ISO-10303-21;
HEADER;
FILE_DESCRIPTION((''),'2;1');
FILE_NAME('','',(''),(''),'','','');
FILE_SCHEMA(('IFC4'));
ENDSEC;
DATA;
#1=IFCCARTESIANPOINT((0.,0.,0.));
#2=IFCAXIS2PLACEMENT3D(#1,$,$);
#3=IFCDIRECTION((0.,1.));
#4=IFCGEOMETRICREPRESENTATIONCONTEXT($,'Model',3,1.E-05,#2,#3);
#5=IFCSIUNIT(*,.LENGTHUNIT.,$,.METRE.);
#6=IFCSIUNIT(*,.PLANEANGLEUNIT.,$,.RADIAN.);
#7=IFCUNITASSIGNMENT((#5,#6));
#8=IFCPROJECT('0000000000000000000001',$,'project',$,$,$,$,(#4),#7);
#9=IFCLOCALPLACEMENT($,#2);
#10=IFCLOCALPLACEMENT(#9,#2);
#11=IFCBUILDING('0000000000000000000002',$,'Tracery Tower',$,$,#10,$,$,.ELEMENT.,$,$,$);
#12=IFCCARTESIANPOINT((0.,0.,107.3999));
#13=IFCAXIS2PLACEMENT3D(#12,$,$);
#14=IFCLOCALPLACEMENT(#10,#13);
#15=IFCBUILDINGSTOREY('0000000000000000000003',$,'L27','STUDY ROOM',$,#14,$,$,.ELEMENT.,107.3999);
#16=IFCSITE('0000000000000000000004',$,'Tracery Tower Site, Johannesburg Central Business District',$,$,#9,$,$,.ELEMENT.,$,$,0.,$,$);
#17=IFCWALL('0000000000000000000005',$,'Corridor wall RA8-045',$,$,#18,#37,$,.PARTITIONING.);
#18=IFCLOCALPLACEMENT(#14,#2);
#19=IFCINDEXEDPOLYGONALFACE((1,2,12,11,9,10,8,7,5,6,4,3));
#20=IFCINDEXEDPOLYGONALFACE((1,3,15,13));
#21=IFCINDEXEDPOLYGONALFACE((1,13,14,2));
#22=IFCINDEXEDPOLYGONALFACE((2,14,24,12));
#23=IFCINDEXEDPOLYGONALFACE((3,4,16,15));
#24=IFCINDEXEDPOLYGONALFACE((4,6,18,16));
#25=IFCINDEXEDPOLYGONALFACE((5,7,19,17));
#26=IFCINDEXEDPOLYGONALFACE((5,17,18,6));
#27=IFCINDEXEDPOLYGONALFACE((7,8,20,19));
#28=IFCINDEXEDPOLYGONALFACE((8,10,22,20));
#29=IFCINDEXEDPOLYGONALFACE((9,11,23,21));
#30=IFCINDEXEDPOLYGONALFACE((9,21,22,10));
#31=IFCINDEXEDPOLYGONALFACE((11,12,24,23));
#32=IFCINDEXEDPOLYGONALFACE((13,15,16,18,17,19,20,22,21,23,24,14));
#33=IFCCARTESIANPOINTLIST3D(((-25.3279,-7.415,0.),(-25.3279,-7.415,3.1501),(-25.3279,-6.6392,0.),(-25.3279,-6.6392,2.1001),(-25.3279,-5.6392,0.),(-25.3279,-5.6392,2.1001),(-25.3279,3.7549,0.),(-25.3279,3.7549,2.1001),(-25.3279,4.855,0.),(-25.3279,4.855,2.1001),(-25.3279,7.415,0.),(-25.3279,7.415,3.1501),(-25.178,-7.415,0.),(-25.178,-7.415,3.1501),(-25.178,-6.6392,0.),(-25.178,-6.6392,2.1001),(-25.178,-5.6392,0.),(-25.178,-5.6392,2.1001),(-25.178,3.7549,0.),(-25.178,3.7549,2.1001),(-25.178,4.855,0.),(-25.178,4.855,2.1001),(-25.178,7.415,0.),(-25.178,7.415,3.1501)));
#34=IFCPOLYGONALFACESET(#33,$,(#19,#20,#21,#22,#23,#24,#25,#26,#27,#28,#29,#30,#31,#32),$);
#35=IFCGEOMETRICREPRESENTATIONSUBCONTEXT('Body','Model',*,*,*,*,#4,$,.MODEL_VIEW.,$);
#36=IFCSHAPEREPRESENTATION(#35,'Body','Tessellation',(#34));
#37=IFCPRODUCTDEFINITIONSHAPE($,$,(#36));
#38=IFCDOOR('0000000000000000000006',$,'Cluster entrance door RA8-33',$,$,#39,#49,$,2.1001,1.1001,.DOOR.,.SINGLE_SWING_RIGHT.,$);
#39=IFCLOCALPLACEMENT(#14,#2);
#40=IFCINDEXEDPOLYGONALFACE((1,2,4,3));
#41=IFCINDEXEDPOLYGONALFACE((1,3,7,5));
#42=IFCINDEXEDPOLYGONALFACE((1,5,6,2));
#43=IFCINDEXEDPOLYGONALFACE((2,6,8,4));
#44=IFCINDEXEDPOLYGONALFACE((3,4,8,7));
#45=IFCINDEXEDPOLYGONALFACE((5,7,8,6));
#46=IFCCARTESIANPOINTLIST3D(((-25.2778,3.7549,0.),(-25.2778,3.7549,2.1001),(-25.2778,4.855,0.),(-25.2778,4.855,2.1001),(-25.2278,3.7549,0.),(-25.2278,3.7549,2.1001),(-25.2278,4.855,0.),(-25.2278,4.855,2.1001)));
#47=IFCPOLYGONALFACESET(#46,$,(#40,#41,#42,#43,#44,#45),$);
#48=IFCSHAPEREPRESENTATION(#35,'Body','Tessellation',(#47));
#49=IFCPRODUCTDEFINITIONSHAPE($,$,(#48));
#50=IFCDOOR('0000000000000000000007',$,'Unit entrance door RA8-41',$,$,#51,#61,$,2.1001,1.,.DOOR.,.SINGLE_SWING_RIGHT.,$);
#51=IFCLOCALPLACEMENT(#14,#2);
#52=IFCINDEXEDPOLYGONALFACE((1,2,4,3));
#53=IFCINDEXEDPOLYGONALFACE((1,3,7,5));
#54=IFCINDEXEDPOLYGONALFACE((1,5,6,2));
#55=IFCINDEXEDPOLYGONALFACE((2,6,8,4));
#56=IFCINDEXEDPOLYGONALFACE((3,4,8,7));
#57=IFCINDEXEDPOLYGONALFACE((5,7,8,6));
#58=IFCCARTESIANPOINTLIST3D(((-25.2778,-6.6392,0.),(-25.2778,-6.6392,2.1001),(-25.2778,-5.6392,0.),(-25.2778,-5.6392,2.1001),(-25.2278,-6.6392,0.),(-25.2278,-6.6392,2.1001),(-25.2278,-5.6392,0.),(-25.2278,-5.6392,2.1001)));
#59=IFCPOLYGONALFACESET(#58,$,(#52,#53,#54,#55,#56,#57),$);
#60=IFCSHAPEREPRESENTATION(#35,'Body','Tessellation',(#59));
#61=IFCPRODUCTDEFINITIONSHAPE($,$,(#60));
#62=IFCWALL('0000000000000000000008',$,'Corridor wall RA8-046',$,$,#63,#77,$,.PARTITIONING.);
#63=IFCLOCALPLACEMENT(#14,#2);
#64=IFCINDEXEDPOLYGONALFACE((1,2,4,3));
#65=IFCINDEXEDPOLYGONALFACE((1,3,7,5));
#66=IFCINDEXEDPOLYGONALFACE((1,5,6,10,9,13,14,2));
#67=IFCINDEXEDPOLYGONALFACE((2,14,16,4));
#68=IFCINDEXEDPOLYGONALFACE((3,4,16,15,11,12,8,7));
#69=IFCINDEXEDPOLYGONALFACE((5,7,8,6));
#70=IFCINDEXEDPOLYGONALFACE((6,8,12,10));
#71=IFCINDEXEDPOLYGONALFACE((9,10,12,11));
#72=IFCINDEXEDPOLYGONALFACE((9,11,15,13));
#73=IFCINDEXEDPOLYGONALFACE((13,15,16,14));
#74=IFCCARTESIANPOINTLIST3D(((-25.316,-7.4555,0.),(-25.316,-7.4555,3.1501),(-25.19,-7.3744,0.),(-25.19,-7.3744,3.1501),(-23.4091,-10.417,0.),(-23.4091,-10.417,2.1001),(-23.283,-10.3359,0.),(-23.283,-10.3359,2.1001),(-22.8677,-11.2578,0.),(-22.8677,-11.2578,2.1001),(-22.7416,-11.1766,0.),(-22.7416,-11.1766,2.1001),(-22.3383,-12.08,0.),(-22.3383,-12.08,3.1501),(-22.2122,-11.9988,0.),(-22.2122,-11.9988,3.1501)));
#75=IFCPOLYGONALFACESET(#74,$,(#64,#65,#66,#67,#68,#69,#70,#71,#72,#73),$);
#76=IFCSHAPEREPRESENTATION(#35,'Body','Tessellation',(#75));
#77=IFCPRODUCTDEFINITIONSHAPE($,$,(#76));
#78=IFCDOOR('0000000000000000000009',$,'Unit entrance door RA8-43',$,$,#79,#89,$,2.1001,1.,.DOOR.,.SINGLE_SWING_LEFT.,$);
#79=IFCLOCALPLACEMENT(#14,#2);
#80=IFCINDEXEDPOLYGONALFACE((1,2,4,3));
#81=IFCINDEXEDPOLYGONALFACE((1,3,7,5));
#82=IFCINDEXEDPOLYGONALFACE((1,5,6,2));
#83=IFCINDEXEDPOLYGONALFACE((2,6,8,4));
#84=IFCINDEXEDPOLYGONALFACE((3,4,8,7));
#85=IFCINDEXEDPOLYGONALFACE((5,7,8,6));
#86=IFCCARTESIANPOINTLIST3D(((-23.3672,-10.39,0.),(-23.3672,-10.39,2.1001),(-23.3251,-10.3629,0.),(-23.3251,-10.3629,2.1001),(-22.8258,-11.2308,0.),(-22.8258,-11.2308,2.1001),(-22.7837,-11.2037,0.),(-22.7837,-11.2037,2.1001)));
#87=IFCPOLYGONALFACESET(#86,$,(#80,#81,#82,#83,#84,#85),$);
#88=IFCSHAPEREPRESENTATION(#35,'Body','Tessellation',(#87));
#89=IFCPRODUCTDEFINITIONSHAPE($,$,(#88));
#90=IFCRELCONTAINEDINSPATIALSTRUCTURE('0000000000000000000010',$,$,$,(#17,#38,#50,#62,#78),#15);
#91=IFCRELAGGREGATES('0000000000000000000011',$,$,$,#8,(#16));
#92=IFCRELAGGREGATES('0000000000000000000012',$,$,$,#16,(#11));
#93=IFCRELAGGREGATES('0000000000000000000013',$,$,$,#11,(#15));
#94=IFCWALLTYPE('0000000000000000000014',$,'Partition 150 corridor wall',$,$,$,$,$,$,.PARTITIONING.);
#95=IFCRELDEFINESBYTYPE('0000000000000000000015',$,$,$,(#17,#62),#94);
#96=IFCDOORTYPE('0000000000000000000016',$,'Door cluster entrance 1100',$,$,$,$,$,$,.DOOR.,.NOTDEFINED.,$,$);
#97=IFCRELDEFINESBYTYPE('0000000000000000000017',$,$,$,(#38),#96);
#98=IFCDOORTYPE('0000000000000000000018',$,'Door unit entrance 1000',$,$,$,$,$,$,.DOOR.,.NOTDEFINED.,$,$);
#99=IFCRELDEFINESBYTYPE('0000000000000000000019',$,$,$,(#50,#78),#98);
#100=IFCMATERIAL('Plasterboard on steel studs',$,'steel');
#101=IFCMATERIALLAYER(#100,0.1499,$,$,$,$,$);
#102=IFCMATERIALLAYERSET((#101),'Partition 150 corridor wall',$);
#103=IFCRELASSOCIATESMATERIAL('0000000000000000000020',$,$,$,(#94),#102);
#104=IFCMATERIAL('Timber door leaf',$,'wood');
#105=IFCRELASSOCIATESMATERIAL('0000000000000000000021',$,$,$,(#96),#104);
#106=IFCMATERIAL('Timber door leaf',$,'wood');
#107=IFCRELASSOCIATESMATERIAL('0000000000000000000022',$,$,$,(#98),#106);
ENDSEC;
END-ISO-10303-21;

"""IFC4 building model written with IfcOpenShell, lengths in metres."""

from ifc_helpers import new_model, si_unit, direction, frame, frame_2d, origin, place, context, subcontext, project, spatial, rectangle, extrude, material, layer, layer_set, type_object, element, fill, save


model = new_model("IFC4")

# Units and contexts
model_context = context("Model", 3, precision=1e-05, world=origin(), true_north=direction((0.0, 1.0)))
body_context = subcontext(model_context, "Body", "Model", "MODEL_VIEW")
ifc_project = project(units=[si_unit("LENGTHUNIT", "METRE"), si_unit("PLANEANGLEUNIT", "RADIAN")], contexts=[model_context])

# Site, building, storey
site_placement = place(None, origin())
site = spatial("IfcSite", under=ifc_project, at=site_placement, Name="Tracery Tower Site, Johannesburg Central Business District", CompositionType="ELEMENT", RefElevation=0.0)
building_placement = place(site_placement, origin())
building = spatial("IfcBuilding", under=site, at=building_placement, Name="Tracery Tower", CompositionType="ELEMENT")
storey_placement = place(building_placement, frame((0.0, 0.0, 107.3999)))
storey = spatial("IfcBuildingStorey", under=building, at=storey_placement, Name="L27", Description="STUDY ROOM", CompositionType="ELEMENT", Elevation=107.3999)

# Shared definitions
ifc_material_1 = material(Name="Plasterboard on steel studs", Category="steel")
ifc_layer_1 = layer(ifc_material_1, 0.1499)
ifc_layer_set_1 = layer_set([ifc_layer_1], Name="Partition 150 corridor wall")
wall_type_1 = type_object("IfcWallType", Name="Partition 150 corridor wall", PredefinedType="PARTITIONING", material=ifc_layer_set_1)

# Wall, openings, doors
wall_1_placement = place(storey_placement, frame((-25.2529, -7.415, 0.0), z_axis=(0.0, 0.0, 1.0), x_axis=(0.0, 1.0, 0.0)))
wall_1 = element("IfcWall", 1, at=wall_1_placement, inside=storey, type_object=wall_type_1, Name="Corridor wall RA8-045", PredefinedType="PARTITIONING", context=body_context, shape_type="SweptSolid", body=[
    extrude(rectangle(XDim=14.8301, YDim=0.1499, at=frame_2d((7.415, 0.0))), origin(), (0.0, 0.0, 1.0), 3.1501),
])
opening_1_placement = place(wall_1_placement, frame((11.1699, 0.0, 0.0)))
opening_1 = element("IfcOpeningElement", 2, at=opening_1_placement, cuts=wall_1, PredefinedType="OPENING", context=body_context, shape_type="SweptSolid", body=[
    extrude(rectangle(XDim=1.1001, YDim=2.1001, at=frame_2d((0.55, 1.05))), frame((0.0, 0.075, 0.0), z_axis=(0.0, -1.0, 0.0), x_axis=(1.0, 0.0, 0.0)), (0.0, 0.0, 1.0), 0.1499),
])
opening_2_placement = place(wall_1_placement, frame((0.7759, 0.0, 0.0)))
opening_2 = element("IfcOpeningElement", 3, at=opening_2_placement, cuts=wall_1, PredefinedType="OPENING", context=body_context, shape_type="SweptSolid", body=[
    extrude(rectangle(XDim=1.0, YDim=2.1001, at=frame_2d((0.5, 1.05))), frame((0.0, 0.075, 0.0), z_axis=(0.0, -1.0, 0.0), x_axis=(1.0, 0.0, 0.0)), (0.0, 0.0, 1.0), 0.1499),
])
ifc_material_2 = material(Name="Timber door leaf", Category="wood")
door_type_1 = type_object("IfcDoorType", Name="Door cluster entrance 1100", OperationType="NOTDEFINED", PredefinedType="DOOR", material=ifc_material_2)
door_1_placement = place(opening_1_placement, origin())
door_1 = element("IfcDoor", 4, at=door_1_placement, inside=storey, type_object=door_type_1, Name="Cluster entrance door RA8-33", OperationType="SINGLE_SWING_RIGHT", OverallHeight=2.1001, OverallWidth=1.1001, PredefinedType="DOOR", context=body_context, shape_type="SweptSolid", body=[
    extrude(rectangle(XDim=1.1001, YDim=2.1001, at=frame_2d((0.55, 1.05))), frame((0.0, 0.0249, 0.0), z_axis=(0.0, -1.0, 0.0), x_axis=(1.0, 0.0, 0.0)), (0.0, 0.0, 1.0), 0.05),
])
fill(opening_1, door_1)
ifc_material_3 = material(Name="Timber door leaf", Category="wood")
door_type_2 = type_object("IfcDoorType", Name="Door unit entrance 1000", OperationType="NOTDEFINED", PredefinedType="DOOR", material=ifc_material_3)
door_2_placement = place(opening_2_placement, origin())
door_2 = element("IfcDoor", 5, at=door_2_placement, inside=storey, type_object=door_type_2, Name="Unit entrance door RA8-41", OperationType="SINGLE_SWING_RIGHT", OverallHeight=2.1001, OverallWidth=1.0, PredefinedType="DOOR", context=body_context, shape_type="SweptSolid", body=[
    extrude(rectangle(XDim=1.0, YDim=2.1001, at=frame_2d((0.5, 1.05))), frame((0.0, 0.0249, 0.0), z_axis=(0.0, -1.0, 0.0), x_axis=(1.0, 0.0, 0.0)), (0.0, 0.0, 1.0), 0.05),
])
fill(opening_2, door_2)

# Wall, opening, door
wall_2_placement = place(storey_placement, frame((-25.2529, -7.415, 0.0), z_axis=(0.0, 0.0, 1.0), x_axis=(0.541386, -0.840774, 0.0)))
wall_2 = element("IfcWall", 6, at=wall_2_placement, inside=storey, type_object=wall_type_1, Name="Corridor wall RA8-046", PredefinedType="PARTITIONING", context=body_context, shape_type="SweptSolid", body=[
    extrude(rectangle(XDim=5.5002, YDim=0.1499, at=frame_2d((2.75, 0.0))), origin(), (0.0, 0.0, 1.0), 3.1501),
])
opening_3_placement = place(wall_2_placement, frame((3.5222, 0.0, 0.0)))
opening_3 = element("IfcOpeningElement", 7, at=opening_3_placement, cuts=wall_2, PredefinedType="OPENING", context=body_context, shape_type="SweptSolid", body=[
    extrude(rectangle(XDim=1.0, YDim=2.1001, at=frame_2d((0.5, 1.05))), frame((0.0, 0.075, 0.0), z_axis=(0.0, -1.0, 0.0), x_axis=(1.0, 0.0, 0.0)), (0.0, 0.0, 1.0), 0.1499),
])
door_3_placement = place(opening_3_placement, origin())
door_3 = element("IfcDoor", 8, at=door_3_placement, inside=storey, type_object=door_type_2, Name="Unit entrance door RA8-43", OperationType="SINGLE_SWING_LEFT", OverallHeight=2.1001, OverallWidth=1.0, PredefinedType="DOOR", context=body_context, shape_type="SweptSolid", body=[
    extrude(rectangle(XDim=1.0, YDim=2.1001, at=frame_2d((0.5, 1.05))), frame((0.0, 0.0249, 0.0), z_axis=(0.0, -1.0, 0.0), x_axis=(1.0, 0.0, 0.0)), (0.0, 0.0, 1.0), 0.05),
])
fill(opening_3, door_3)

save(model, "model.ifc")
